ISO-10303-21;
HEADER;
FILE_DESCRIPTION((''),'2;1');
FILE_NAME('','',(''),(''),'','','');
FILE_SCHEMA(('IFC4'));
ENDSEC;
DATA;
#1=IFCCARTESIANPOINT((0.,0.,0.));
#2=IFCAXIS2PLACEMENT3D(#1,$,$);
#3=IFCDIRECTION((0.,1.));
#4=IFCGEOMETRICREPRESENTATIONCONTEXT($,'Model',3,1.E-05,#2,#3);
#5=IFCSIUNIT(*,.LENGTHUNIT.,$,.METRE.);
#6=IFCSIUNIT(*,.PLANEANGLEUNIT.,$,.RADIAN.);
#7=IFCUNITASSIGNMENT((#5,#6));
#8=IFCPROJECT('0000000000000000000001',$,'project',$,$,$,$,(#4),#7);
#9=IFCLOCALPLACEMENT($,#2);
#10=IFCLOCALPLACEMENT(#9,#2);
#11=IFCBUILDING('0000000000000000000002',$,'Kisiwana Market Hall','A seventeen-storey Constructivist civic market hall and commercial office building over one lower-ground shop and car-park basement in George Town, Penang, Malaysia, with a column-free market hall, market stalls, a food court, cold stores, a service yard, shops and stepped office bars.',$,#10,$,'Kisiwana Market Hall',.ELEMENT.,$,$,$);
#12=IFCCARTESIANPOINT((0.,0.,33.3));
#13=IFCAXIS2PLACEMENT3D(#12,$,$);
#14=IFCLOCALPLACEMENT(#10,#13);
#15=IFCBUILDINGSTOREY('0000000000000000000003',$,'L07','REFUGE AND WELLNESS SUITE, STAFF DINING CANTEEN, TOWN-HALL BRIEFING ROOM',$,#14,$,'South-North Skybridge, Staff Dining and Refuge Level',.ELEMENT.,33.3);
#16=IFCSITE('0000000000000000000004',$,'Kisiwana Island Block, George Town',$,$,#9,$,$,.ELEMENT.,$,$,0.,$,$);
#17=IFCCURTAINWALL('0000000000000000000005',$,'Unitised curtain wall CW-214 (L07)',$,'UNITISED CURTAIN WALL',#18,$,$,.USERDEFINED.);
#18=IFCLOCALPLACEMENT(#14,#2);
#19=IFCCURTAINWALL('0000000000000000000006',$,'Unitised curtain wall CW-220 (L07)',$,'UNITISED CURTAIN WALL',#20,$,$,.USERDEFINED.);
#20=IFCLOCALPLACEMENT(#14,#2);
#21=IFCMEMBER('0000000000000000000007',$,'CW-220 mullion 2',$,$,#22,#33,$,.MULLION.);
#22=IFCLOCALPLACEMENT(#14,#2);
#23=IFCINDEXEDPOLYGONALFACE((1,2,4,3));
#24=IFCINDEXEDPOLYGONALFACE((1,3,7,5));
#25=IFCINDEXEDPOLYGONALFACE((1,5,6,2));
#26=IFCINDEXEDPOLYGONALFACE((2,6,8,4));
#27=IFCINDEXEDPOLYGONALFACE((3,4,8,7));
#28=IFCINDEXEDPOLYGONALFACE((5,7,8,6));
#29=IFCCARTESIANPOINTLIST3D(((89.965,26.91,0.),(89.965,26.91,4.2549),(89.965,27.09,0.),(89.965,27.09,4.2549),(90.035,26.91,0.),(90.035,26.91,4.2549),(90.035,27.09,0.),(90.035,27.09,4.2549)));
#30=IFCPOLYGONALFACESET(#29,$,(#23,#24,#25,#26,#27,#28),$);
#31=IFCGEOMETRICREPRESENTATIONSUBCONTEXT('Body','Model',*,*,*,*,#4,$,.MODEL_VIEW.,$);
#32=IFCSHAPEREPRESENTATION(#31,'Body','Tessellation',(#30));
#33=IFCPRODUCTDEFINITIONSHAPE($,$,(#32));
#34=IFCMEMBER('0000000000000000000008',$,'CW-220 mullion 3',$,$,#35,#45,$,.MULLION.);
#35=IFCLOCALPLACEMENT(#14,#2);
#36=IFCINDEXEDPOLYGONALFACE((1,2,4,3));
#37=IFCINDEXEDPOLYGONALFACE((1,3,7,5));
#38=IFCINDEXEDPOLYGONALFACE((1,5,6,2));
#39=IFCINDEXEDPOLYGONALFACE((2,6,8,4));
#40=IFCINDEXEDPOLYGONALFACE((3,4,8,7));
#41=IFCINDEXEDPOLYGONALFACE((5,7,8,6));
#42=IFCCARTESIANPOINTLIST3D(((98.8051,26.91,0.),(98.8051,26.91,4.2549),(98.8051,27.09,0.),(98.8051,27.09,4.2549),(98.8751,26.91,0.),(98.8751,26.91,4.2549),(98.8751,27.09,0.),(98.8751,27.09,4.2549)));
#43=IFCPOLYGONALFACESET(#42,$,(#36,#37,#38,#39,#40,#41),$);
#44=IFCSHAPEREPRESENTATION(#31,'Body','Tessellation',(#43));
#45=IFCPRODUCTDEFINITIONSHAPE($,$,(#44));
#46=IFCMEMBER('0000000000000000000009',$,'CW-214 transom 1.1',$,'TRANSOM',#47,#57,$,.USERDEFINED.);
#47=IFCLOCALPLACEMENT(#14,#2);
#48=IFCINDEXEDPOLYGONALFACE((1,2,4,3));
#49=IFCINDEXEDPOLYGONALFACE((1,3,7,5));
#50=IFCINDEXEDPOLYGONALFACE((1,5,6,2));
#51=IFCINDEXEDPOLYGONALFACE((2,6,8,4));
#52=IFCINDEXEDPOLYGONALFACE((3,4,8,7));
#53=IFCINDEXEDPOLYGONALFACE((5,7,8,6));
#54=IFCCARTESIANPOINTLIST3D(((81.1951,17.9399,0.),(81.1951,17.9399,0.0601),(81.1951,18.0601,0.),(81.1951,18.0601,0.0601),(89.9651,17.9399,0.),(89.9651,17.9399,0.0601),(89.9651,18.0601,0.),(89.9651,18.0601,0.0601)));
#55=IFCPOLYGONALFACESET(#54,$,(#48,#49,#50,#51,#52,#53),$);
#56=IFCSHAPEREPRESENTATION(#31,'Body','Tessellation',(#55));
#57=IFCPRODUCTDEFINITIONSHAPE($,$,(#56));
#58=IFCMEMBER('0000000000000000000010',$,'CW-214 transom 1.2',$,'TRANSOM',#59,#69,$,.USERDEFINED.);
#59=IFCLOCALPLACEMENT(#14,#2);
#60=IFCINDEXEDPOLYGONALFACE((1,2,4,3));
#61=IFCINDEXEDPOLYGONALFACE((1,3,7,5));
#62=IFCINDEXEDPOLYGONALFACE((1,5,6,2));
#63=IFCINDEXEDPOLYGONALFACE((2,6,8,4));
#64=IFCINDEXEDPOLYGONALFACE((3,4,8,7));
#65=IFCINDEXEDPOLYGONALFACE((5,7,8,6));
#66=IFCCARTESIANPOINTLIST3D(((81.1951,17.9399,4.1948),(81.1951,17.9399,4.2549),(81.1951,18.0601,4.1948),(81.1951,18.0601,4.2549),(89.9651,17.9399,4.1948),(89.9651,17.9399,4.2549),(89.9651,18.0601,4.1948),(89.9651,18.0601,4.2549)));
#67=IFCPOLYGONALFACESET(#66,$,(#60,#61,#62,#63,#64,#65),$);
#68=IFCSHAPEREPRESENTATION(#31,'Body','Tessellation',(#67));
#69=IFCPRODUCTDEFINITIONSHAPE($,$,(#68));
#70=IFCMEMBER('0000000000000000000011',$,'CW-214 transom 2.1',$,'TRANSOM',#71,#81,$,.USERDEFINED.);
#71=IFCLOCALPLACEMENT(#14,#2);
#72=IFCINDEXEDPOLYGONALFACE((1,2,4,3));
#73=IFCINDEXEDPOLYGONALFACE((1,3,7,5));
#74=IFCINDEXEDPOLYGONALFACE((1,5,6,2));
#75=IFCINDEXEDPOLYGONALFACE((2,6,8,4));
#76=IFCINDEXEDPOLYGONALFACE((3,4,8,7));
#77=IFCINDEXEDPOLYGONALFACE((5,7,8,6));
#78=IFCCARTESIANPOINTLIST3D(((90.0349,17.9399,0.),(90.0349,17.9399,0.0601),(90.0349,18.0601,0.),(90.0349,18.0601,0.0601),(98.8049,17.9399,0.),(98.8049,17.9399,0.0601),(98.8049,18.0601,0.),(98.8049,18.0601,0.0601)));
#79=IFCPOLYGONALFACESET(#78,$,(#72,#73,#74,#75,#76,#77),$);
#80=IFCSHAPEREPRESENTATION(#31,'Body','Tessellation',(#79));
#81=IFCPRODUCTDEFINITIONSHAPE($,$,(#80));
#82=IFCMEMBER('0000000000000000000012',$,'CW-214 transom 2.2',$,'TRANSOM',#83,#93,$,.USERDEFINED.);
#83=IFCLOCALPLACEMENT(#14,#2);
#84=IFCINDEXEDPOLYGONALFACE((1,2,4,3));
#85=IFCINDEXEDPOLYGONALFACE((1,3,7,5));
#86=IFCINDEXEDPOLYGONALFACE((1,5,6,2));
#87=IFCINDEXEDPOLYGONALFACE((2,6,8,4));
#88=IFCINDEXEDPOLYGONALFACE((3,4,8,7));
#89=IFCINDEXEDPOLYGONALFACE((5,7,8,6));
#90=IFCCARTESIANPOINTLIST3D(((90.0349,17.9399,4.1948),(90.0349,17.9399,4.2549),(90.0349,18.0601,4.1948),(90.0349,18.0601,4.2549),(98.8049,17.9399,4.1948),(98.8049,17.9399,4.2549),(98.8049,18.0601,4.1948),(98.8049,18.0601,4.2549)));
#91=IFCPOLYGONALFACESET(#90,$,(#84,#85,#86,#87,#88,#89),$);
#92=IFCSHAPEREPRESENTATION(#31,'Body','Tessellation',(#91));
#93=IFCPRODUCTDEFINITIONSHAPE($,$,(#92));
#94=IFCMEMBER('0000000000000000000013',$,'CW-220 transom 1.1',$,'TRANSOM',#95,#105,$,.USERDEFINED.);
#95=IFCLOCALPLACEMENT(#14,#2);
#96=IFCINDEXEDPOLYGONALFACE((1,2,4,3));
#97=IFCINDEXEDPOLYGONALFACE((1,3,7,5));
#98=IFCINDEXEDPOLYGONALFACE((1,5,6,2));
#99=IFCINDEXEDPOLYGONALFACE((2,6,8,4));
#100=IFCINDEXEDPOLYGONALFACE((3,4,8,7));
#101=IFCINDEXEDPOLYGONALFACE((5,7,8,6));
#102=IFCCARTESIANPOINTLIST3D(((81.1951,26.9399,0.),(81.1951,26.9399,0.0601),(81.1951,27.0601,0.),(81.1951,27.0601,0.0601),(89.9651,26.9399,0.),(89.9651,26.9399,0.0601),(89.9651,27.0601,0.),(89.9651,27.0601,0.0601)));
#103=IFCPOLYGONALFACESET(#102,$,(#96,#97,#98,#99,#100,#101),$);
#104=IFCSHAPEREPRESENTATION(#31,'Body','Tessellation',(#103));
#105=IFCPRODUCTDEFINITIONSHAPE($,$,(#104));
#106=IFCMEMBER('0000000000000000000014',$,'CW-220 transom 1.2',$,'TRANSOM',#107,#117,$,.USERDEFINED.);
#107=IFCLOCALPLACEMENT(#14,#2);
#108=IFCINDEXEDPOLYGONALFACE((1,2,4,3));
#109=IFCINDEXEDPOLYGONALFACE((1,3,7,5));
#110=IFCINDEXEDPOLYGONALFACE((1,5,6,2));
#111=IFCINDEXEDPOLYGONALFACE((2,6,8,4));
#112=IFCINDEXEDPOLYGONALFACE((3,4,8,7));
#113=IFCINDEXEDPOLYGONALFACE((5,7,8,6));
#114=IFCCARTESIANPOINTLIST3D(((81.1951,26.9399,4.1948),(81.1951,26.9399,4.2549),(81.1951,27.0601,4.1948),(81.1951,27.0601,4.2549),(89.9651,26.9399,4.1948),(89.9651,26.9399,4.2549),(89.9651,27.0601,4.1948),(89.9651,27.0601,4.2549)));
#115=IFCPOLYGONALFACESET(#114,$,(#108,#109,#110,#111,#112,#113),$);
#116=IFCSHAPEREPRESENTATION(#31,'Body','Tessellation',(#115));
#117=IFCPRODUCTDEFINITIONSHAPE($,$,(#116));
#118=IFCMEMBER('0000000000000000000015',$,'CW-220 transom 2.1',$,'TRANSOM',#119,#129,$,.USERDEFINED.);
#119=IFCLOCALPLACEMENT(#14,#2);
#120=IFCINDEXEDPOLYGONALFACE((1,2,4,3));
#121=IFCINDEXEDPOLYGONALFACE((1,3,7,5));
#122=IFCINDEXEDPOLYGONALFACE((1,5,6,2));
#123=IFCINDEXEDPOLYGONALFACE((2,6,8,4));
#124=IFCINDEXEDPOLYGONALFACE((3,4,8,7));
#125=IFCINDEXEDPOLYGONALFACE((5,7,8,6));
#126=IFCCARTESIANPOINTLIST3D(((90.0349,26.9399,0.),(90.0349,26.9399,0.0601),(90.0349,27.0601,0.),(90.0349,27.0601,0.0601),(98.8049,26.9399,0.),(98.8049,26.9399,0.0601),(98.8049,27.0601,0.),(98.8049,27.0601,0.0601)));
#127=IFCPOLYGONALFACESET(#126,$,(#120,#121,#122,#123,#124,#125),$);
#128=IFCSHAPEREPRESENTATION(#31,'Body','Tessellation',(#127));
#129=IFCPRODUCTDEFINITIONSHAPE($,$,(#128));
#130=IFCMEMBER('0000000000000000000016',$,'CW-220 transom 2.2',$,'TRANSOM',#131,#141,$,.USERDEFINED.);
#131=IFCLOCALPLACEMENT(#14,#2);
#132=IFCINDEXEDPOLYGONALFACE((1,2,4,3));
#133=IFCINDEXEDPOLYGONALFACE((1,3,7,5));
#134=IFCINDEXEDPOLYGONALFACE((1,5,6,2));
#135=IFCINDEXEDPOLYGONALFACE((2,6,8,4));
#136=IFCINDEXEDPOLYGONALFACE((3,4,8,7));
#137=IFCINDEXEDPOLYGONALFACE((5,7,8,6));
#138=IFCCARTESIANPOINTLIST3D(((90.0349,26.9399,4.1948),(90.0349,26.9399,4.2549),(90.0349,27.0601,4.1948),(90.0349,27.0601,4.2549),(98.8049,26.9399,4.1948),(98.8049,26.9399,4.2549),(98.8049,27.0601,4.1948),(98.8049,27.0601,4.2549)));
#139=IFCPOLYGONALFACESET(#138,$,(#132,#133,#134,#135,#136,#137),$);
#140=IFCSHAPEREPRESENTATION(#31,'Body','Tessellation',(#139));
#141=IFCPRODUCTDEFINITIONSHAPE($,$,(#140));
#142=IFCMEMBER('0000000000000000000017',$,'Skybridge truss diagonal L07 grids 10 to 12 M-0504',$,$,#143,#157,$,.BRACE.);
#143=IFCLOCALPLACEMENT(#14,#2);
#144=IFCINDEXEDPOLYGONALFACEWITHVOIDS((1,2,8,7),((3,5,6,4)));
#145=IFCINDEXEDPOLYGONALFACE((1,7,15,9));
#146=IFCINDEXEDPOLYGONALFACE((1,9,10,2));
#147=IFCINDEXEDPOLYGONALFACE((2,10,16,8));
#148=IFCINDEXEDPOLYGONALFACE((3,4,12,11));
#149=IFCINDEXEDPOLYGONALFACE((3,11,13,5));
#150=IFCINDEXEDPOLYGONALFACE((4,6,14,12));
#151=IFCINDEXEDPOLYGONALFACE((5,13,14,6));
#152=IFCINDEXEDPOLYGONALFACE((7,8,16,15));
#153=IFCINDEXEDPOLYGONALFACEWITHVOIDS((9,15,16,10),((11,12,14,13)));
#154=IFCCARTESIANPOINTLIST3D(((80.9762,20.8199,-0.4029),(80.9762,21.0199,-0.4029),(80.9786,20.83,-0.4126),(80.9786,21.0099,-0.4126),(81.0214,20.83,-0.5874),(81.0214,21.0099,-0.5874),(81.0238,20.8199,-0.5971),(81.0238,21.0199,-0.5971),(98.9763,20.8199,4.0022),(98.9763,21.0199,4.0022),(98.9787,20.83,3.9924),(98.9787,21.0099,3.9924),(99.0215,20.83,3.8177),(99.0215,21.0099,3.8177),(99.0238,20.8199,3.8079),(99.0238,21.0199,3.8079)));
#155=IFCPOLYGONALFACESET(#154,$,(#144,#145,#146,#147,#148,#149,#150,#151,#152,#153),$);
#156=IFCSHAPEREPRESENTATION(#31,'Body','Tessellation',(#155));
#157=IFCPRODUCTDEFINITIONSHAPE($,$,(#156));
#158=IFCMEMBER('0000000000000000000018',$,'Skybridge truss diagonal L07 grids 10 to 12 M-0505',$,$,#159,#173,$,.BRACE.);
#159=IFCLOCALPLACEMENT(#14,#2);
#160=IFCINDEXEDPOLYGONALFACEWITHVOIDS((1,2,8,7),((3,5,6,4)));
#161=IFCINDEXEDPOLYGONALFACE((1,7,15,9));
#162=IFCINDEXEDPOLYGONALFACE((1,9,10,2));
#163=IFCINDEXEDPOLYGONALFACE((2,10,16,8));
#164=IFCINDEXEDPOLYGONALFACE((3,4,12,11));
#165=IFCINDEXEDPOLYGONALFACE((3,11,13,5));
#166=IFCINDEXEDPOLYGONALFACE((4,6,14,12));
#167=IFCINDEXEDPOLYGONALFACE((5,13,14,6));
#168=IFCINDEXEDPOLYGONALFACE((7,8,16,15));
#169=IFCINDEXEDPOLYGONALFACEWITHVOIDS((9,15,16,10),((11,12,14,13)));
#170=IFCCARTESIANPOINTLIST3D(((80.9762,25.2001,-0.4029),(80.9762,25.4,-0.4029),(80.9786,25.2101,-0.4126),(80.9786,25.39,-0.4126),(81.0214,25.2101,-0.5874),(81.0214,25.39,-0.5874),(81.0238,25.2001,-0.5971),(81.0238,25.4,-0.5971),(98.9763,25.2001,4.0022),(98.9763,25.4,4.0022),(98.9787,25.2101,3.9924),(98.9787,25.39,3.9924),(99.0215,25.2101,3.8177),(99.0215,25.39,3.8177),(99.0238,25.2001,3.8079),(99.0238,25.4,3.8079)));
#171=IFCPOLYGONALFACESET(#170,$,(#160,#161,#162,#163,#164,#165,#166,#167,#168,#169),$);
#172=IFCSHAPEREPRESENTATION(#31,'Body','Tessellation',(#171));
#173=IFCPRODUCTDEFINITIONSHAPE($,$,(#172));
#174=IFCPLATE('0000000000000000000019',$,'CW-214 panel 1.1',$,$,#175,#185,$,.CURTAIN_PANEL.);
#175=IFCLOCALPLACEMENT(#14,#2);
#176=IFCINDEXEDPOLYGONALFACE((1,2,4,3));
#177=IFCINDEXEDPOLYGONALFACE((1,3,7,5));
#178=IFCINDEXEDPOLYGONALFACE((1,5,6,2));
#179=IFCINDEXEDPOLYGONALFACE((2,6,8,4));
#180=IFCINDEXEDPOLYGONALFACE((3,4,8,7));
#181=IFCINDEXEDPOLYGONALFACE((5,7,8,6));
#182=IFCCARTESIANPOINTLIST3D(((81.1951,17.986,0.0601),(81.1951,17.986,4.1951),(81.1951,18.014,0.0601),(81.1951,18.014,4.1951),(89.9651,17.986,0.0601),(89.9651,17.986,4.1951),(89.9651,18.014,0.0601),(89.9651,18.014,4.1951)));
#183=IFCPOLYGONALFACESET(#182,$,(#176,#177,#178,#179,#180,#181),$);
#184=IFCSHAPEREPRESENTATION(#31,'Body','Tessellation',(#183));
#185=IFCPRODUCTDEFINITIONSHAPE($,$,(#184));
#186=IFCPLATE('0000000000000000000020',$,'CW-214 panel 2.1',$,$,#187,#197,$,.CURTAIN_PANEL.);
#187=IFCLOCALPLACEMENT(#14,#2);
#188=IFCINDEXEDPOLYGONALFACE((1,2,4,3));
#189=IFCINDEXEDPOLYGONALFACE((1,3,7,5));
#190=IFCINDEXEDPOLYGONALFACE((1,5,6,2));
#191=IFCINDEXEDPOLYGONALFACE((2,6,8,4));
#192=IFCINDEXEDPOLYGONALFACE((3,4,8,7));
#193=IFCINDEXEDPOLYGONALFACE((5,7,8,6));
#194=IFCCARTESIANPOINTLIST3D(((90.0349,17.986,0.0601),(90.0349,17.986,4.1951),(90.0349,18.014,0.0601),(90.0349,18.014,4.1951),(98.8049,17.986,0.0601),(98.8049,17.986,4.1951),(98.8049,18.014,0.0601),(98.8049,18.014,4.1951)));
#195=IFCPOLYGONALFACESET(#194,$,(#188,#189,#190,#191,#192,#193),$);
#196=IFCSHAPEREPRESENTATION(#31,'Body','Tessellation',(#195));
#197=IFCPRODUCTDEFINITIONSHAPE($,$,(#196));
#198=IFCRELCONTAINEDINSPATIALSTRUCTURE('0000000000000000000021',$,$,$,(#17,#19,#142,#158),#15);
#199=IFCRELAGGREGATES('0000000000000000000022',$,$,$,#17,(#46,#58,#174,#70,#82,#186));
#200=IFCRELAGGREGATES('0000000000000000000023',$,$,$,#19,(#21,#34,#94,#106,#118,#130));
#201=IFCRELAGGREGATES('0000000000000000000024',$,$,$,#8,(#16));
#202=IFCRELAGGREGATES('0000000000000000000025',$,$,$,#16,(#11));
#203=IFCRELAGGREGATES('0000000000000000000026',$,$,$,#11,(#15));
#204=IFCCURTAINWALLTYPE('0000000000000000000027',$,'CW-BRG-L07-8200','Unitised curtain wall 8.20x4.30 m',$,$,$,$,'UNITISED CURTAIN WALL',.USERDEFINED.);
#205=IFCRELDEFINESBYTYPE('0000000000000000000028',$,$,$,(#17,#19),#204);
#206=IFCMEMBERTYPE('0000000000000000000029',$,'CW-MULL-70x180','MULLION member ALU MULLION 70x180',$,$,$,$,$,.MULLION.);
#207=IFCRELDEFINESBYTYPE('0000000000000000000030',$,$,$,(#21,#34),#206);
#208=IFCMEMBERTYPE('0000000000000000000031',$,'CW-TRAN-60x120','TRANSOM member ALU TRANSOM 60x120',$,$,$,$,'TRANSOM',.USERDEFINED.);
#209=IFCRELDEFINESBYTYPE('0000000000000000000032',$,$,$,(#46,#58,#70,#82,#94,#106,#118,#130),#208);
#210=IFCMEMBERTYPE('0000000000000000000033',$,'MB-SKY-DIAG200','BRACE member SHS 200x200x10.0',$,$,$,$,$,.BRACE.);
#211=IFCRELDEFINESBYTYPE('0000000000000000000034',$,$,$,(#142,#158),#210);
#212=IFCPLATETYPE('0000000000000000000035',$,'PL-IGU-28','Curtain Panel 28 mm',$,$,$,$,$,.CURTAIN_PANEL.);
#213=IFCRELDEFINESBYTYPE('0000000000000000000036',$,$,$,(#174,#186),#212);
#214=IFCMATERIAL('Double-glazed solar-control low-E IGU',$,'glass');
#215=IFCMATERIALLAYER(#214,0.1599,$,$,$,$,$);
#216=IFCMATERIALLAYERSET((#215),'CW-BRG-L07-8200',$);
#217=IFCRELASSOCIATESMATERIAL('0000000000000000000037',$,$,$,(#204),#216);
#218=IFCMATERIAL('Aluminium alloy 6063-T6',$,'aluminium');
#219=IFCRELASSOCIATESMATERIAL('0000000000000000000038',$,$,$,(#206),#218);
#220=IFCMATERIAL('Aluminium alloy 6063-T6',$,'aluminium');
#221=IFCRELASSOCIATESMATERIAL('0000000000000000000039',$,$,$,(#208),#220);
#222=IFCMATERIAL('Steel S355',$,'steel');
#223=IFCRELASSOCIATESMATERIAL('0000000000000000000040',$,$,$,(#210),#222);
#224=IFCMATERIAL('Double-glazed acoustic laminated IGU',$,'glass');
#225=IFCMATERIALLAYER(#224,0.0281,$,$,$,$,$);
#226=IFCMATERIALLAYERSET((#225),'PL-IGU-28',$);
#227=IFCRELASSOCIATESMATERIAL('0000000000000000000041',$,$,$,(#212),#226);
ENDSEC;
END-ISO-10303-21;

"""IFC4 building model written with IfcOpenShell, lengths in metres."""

from ifc_helpers import new_model, si_unit, direction, frame, origin, origin_2d, place, context, subcontext, project, spatial, rectangle, hollow_rectangle, extrude, material, layer, layer_set, material_profile, profile_set, type_object, element, aggregate, save


model = new_model("IFC4")

# Units and contexts
model_context = context("Model", 3, precision=1e-05, world=origin(), true_north=direction((0.0, 1.0)))
body_context = subcontext(model_context, "Body", "Model", "MODEL_VIEW")
ifc_project = project(units=[si_unit("LENGTHUNIT", "METRE"), si_unit("PLANEANGLEUNIT", "RADIAN")], contexts=[model_context])

# Site, building, storey
site_placement = place(None, origin())
site = spatial("IfcSite", under=ifc_project, at=site_placement, Name="Kisiwana Island Block, George Town", CompositionType="ELEMENT", RefElevation=0.0)
building_placement = place(site_placement, origin())
building = spatial("IfcBuilding", under=site, at=building_placement, Name="Kisiwana Market Hall", Description="A seventeen-storey Constructivist civic market hall and commercial office building over one lower-ground shop and car-park basement in George Town, Penang, Malaysia, with a column-free market hall, market stalls, a food court, cold stores, a service yard, shops and stepped office bars.", LongName="Kisiwana Market Hall", CompositionType="ELEMENT")
storey_placement = place(building_placement, frame((0.0, 0.0, 33.3)))
storey = spatial("IfcBuildingStorey", under=building, at=storey_placement, Name="L07", Description="REFUGE AND WELLNESS SUITE, STAFF DINING CANTEEN, TOWN-HALL BRIEFING ROOM", LongName="South-North Skybridge, Staff Dining and Refuge Level", CompositionType="ELEMENT", Elevation=33.3)

# Curtain walls, members
ifc_material_1 = material(Name="Double-glazed solar-control low-E IGU", Category="glass")
ifc_layer_1 = layer(ifc_material_1, 0.1599)
ifc_layer_set_1 = layer_set([ifc_layer_1], Name="CW-BRG-L07-8200")
curtain_wall_type = type_object("IfcCurtainWallType", Name="CW-BRG-L07-8200", Description="Unitised curtain wall 8.20x4.30 m", ElementType="UNITISED CURTAIN WALL", PredefinedType="USERDEFINED", material=ifc_layer_set_1)
curtain_wall_1_placement = place(storey_placement, origin())
curtain_wall_1 = element("IfcCurtainWall", 1, at=curtain_wall_1_placement, inside=storey, type_object=curtain_wall_type, Name="Unitised curtain wall CW-214 (L07)", ObjectType="UNITISED CURTAIN WALL", PredefinedType="USERDEFINED")
ifc_material_2 = material(Name="Aluminium alloy 6063-T6", Category="aluminium")
ifc_material_profile_1 = material_profile(ifc_material_2, rectangle(XDim=0.0701, YDim=0.1799, at=origin_2d()), Name="ALU MULLION 70x180")
ifc_profile_set_1 = profile_set([ifc_material_profile_1], Name="Aluminium alloy 6063-T6")
member_type_1 = type_object("IfcMemberType", Name="CW-MULL-70x180", Description="MULLION member ALU MULLION 70x180", PredefinedType="MULLION", material=ifc_profile_set_1)
curtain_wall_2_placement = place(storey_placement, origin())
curtain_wall_2 = element("IfcCurtainWall", 2, at=curtain_wall_2_placement, inside=storey, type_object=curtain_wall_type, Name="Unitised curtain wall CW-220 (L07)", ObjectType="UNITISED CURTAIN WALL", PredefinedType="USERDEFINED")
member_1_placement = place(storey_placement, frame((90.0, 27.0, 0.0), z_axis=(0.0, 0.0, 1.0), x_axis=(1.0, 0.0, 0.0)))
member_1 = element("IfcMember", 3, at=member_1_placement, type_object=member_type_1, Name="CW-220 mullion 2", PredefinedType="MULLION", context=body_context, shape_type="SweptSolid", body=[
    extrude(rectangle(XDim=0.0701, YDim=0.1799, at=origin_2d()), origin(), (0.0, 0.0, 1.0), 4.2549),
])
member_2_placement = place(storey_placement, frame((98.8401, 27.0, 0.0), z_axis=(0.0, 0.0, 1.0), x_axis=(1.0, 0.0, 0.0)))
member_2 = element("IfcMember", 4, at=member_2_placement, type_object=member_type_1, Name="CW-220 mullion 3", PredefinedType="MULLION", context=body_context, shape_type="SweptSolid", body=[
    extrude(rectangle(XDim=0.0701, YDim=0.1799, at=origin_2d()), origin(), (0.0, 0.0, 1.0), 4.2549),
])

# Members
ifc_material_3 = material(Name="Aluminium alloy 6063-T6", Category="aluminium")
ifc_material_profile_2 = material_profile(ifc_material_3, rectangle(XDim=0.1201, YDim=0.0601, at=origin_2d()), Name="ALU TRANSOM 60x120")
ifc_profile_set_2 = profile_set([ifc_material_profile_2], Name="Aluminium alloy 6063-T6")
member_type_2 = type_object("IfcMemberType", Name="CW-TRAN-60x120", Description="TRANSOM member ALU TRANSOM 60x120", ElementType="TRANSOM", PredefinedType="USERDEFINED", material=ifc_profile_set_2)
member_3_placement = place(storey_placement, frame((81.1951, 18.0, 0.03), z_axis=(1.0, 0.0, 0.0), x_axis=(0.0, 1.0, 0.0)))
member_3 = element("IfcMember", 5, at=member_3_placement, type_object=member_type_2, Name="CW-214 transom 1.1", ObjectType="TRANSOM", PredefinedType="USERDEFINED", context=body_context, shape_type="SweptSolid", body=[
    extrude(rectangle(XDim=0.1201, YDim=0.0601, at=origin_2d()), origin(), (0.0, 0.0, 1.0), 8.77),
])
member_4_placement = place(storey_placement, frame((81.1951, 18.0, 4.2249), z_axis=(1.0, 0.0, 0.0), x_axis=(0.0, 1.0, 0.0)))
member_4 = element("IfcMember", 6, at=member_4_placement, type_object=member_type_2, Name="CW-214 transom 1.2", ObjectType="TRANSOM", PredefinedType="USERDEFINED", context=body_context, shape_type="SweptSolid", body=[
    extrude(rectangle(XDim=0.1201, YDim=0.0601, at=origin_2d()), origin(), (0.0, 0.0, 1.0), 8.77),
])
member_5_placement = place(storey_placement, frame((90.0349, 18.0, 0.03), z_axis=(1.0, 0.0, 0.0), x_axis=(0.0, 1.0, 0.0)))
member_5 = element("IfcMember", 7, at=member_5_placement, type_object=member_type_2, Name="CW-214 transom 2.1", ObjectType="TRANSOM", PredefinedType="USERDEFINED", context=body_context, shape_type="SweptSolid", body=[
    extrude(rectangle(XDim=0.1201, YDim=0.0601, at=origin_2d()), origin(), (0.0, 0.0, 1.0), 8.77),
])
member_6_placement = place(storey_placement, frame((90.0349, 18.0, 4.2249), z_axis=(1.0, 0.0, 0.0), x_axis=(0.0, 1.0, 0.0)))
member_6 = element("IfcMember", 8, at=member_6_placement, type_object=member_type_2, Name="CW-214 transom 2.2", ObjectType="TRANSOM", PredefinedType="USERDEFINED", context=body_context, shape_type="SweptSolid", body=[
    extrude(rectangle(XDim=0.1201, YDim=0.0601, at=origin_2d()), origin(), (0.0, 0.0, 1.0), 8.77),
])
member_7_placement = place(storey_placement, frame((81.1951, 27.0, 0.03), z_axis=(1.0, 0.0, 0.0), x_axis=(0.0, 1.0, 0.0)))
member_7 = element("IfcMember", 9, at=member_7_placement, type_object=member_type_2, Name="CW-220 transom 1.1", ObjectType="TRANSOM", PredefinedType="USERDEFINED", context=body_context, shape_type="SweptSolid", body=[
    extrude(rectangle(XDim=0.1201, YDim=0.0601, at=origin_2d()), origin(), (0.0, 0.0, 1.0), 8.77),
])
member_8_placement = place(storey_placement, frame((81.1951, 27.0, 4.2249), z_axis=(1.0, 0.0, 0.0), x_axis=(0.0, 1.0, 0.0)))
member_8 = element("IfcMember", 10, at=member_8_placement, type_object=member_type_2, Name="CW-220 transom 1.2", ObjectType="TRANSOM", PredefinedType="USERDEFINED", context=body_context, shape_type="SweptSolid", body=[
    extrude(rectangle(XDim=0.1201, YDim=0.0601, at=origin_2d()), origin(), (0.0, 0.0, 1.0), 8.77),
])
member_9_placement = place(storey_placement, frame((90.0349, 27.0, 0.03), z_axis=(1.0, 0.0, 0.0), x_axis=(0.0, 1.0, 0.0)))
member_9 = element("IfcMember", 11, at=member_9_placement, type_object=member_type_2, Name="CW-220 transom 2.1", ObjectType="TRANSOM", PredefinedType="USERDEFINED", context=body_context, shape_type="SweptSolid", body=[
    extrude(rectangle(XDim=0.1201, YDim=0.0601, at=origin_2d()), origin(), (0.0, 0.0, 1.0), 8.77),
])
member_10_placement = place(storey_placement, frame((90.0349, 27.0, 4.2249), z_axis=(1.0, 0.0, 0.0), x_axis=(0.0, 1.0, 0.0)))
member_10 = element("IfcMember", 12, at=member_10_placement, type_object=member_type_2, Name="CW-220 transom 2.2", ObjectType="TRANSOM", PredefinedType="USERDEFINED", context=body_context, shape_type="SweptSolid", body=[
    extrude(rectangle(XDim=0.1201, YDim=0.0601, at=origin_2d()), origin(), (0.0, 0.0, 1.0), 8.77),
])

# Members
ifc_material_4 = material(Name="Steel S355", Category="steel")
ifc_material_profile_3 = material_profile(ifc_material_4, hollow_rectangle(XDim=0.2, YDim=0.2, WallThickness=0.01, at=origin_2d()), Name="SHS 200x200x10.0")
ifc_profile_set_3 = profile_set([ifc_material_profile_3], Name="Steel S355")
member_type_3 = type_object("IfcMemberType", Name="MB-SKY-DIAG200", Description="BRACE member SHS 200x200x10.0", PredefinedType="BRACE", material=ifc_profile_set_3)
for number, where, z_axis, x_axis, name in (
    (13, (81.0, 20.9199, -0.5), (0.971336, 0.0, 0.237709), (0.0, 1.0, 0.0), "Skybridge truss diagonal L07 grids 10 to 12 M-0504"),
    (14, (81.0, 25.3, -0.5), (0.971336, 0.0, 0.237709), (0.0, 1.0, 0.0), "Skybridge truss diagonal L07 grids 10 to 12 M-0505"),
):
    element("IfcMember", number, at=place(storey_placement, frame(where, z_axis=z_axis, x_axis=x_axis)), inside=storey, type_object=member_type_3, Name=name, PredefinedType="BRACE", context=body_context, shape_type="SweptSolid", body=[
        extrude(hollow_rectangle(XDim=0.2, YDim=0.2, WallThickness=0.01, at=origin_2d()), origin(), (0.0, 0.0, 1.0), 18.5312),
    ])

# Plates
ifc_material_5 = material(Name="Double-glazed acoustic laminated IGU", Category="glass")
ifc_layer_2 = layer(ifc_material_5, 0.0281)
ifc_layer_set_2 = layer_set([ifc_layer_2], Name="PL-IGU-28")
plate_type = type_object("IfcPlateType", Name="PL-IGU-28", Description="Curtain Panel 28 mm", PredefinedType="CURTAIN_PANEL", material=ifc_layer_set_2)
plate_1_placement = place(storey_placement, frame((85.5801, 18.0, 0.0601), z_axis=(0.0, 0.0, 1.0), x_axis=(1.0, 0.0, 0.0)))
plate_1 = element("IfcPlate", 15, at=plate_1_placement, type_object=plate_type, Name="CW-214 panel 1.1", PredefinedType="CURTAIN_PANEL", context=body_context, shape_type="SweptSolid", body=[
    extrude(rectangle(XDim=8.77, YDim=0.0281, at=origin_2d()), origin(), (0.0, 0.0, 1.0), 4.135),
])
plate_2_placement = place(storey_placement, frame((94.4199, 18.0, 0.0601), z_axis=(0.0, 0.0, 1.0), x_axis=(1.0, 0.0, 0.0)))
plate_2 = element("IfcPlate", 16, at=plate_2_placement, type_object=plate_type, Name="CW-214 panel 2.1", PredefinedType="CURTAIN_PANEL", context=body_context, shape_type="SweptSolid", body=[
    extrude(rectangle(XDim=8.77, YDim=0.0281, at=origin_2d()), origin(), (0.0, 0.0, 1.0), 4.135),
])
aggregate(curtain_wall_1, [member_3, member_4, plate_1, member_5, member_6, plate_2])
aggregate(curtain_wall_2, [member_1, member_2, member_7, member_8, member_9, member_10])

save(model, "model.ifc")
